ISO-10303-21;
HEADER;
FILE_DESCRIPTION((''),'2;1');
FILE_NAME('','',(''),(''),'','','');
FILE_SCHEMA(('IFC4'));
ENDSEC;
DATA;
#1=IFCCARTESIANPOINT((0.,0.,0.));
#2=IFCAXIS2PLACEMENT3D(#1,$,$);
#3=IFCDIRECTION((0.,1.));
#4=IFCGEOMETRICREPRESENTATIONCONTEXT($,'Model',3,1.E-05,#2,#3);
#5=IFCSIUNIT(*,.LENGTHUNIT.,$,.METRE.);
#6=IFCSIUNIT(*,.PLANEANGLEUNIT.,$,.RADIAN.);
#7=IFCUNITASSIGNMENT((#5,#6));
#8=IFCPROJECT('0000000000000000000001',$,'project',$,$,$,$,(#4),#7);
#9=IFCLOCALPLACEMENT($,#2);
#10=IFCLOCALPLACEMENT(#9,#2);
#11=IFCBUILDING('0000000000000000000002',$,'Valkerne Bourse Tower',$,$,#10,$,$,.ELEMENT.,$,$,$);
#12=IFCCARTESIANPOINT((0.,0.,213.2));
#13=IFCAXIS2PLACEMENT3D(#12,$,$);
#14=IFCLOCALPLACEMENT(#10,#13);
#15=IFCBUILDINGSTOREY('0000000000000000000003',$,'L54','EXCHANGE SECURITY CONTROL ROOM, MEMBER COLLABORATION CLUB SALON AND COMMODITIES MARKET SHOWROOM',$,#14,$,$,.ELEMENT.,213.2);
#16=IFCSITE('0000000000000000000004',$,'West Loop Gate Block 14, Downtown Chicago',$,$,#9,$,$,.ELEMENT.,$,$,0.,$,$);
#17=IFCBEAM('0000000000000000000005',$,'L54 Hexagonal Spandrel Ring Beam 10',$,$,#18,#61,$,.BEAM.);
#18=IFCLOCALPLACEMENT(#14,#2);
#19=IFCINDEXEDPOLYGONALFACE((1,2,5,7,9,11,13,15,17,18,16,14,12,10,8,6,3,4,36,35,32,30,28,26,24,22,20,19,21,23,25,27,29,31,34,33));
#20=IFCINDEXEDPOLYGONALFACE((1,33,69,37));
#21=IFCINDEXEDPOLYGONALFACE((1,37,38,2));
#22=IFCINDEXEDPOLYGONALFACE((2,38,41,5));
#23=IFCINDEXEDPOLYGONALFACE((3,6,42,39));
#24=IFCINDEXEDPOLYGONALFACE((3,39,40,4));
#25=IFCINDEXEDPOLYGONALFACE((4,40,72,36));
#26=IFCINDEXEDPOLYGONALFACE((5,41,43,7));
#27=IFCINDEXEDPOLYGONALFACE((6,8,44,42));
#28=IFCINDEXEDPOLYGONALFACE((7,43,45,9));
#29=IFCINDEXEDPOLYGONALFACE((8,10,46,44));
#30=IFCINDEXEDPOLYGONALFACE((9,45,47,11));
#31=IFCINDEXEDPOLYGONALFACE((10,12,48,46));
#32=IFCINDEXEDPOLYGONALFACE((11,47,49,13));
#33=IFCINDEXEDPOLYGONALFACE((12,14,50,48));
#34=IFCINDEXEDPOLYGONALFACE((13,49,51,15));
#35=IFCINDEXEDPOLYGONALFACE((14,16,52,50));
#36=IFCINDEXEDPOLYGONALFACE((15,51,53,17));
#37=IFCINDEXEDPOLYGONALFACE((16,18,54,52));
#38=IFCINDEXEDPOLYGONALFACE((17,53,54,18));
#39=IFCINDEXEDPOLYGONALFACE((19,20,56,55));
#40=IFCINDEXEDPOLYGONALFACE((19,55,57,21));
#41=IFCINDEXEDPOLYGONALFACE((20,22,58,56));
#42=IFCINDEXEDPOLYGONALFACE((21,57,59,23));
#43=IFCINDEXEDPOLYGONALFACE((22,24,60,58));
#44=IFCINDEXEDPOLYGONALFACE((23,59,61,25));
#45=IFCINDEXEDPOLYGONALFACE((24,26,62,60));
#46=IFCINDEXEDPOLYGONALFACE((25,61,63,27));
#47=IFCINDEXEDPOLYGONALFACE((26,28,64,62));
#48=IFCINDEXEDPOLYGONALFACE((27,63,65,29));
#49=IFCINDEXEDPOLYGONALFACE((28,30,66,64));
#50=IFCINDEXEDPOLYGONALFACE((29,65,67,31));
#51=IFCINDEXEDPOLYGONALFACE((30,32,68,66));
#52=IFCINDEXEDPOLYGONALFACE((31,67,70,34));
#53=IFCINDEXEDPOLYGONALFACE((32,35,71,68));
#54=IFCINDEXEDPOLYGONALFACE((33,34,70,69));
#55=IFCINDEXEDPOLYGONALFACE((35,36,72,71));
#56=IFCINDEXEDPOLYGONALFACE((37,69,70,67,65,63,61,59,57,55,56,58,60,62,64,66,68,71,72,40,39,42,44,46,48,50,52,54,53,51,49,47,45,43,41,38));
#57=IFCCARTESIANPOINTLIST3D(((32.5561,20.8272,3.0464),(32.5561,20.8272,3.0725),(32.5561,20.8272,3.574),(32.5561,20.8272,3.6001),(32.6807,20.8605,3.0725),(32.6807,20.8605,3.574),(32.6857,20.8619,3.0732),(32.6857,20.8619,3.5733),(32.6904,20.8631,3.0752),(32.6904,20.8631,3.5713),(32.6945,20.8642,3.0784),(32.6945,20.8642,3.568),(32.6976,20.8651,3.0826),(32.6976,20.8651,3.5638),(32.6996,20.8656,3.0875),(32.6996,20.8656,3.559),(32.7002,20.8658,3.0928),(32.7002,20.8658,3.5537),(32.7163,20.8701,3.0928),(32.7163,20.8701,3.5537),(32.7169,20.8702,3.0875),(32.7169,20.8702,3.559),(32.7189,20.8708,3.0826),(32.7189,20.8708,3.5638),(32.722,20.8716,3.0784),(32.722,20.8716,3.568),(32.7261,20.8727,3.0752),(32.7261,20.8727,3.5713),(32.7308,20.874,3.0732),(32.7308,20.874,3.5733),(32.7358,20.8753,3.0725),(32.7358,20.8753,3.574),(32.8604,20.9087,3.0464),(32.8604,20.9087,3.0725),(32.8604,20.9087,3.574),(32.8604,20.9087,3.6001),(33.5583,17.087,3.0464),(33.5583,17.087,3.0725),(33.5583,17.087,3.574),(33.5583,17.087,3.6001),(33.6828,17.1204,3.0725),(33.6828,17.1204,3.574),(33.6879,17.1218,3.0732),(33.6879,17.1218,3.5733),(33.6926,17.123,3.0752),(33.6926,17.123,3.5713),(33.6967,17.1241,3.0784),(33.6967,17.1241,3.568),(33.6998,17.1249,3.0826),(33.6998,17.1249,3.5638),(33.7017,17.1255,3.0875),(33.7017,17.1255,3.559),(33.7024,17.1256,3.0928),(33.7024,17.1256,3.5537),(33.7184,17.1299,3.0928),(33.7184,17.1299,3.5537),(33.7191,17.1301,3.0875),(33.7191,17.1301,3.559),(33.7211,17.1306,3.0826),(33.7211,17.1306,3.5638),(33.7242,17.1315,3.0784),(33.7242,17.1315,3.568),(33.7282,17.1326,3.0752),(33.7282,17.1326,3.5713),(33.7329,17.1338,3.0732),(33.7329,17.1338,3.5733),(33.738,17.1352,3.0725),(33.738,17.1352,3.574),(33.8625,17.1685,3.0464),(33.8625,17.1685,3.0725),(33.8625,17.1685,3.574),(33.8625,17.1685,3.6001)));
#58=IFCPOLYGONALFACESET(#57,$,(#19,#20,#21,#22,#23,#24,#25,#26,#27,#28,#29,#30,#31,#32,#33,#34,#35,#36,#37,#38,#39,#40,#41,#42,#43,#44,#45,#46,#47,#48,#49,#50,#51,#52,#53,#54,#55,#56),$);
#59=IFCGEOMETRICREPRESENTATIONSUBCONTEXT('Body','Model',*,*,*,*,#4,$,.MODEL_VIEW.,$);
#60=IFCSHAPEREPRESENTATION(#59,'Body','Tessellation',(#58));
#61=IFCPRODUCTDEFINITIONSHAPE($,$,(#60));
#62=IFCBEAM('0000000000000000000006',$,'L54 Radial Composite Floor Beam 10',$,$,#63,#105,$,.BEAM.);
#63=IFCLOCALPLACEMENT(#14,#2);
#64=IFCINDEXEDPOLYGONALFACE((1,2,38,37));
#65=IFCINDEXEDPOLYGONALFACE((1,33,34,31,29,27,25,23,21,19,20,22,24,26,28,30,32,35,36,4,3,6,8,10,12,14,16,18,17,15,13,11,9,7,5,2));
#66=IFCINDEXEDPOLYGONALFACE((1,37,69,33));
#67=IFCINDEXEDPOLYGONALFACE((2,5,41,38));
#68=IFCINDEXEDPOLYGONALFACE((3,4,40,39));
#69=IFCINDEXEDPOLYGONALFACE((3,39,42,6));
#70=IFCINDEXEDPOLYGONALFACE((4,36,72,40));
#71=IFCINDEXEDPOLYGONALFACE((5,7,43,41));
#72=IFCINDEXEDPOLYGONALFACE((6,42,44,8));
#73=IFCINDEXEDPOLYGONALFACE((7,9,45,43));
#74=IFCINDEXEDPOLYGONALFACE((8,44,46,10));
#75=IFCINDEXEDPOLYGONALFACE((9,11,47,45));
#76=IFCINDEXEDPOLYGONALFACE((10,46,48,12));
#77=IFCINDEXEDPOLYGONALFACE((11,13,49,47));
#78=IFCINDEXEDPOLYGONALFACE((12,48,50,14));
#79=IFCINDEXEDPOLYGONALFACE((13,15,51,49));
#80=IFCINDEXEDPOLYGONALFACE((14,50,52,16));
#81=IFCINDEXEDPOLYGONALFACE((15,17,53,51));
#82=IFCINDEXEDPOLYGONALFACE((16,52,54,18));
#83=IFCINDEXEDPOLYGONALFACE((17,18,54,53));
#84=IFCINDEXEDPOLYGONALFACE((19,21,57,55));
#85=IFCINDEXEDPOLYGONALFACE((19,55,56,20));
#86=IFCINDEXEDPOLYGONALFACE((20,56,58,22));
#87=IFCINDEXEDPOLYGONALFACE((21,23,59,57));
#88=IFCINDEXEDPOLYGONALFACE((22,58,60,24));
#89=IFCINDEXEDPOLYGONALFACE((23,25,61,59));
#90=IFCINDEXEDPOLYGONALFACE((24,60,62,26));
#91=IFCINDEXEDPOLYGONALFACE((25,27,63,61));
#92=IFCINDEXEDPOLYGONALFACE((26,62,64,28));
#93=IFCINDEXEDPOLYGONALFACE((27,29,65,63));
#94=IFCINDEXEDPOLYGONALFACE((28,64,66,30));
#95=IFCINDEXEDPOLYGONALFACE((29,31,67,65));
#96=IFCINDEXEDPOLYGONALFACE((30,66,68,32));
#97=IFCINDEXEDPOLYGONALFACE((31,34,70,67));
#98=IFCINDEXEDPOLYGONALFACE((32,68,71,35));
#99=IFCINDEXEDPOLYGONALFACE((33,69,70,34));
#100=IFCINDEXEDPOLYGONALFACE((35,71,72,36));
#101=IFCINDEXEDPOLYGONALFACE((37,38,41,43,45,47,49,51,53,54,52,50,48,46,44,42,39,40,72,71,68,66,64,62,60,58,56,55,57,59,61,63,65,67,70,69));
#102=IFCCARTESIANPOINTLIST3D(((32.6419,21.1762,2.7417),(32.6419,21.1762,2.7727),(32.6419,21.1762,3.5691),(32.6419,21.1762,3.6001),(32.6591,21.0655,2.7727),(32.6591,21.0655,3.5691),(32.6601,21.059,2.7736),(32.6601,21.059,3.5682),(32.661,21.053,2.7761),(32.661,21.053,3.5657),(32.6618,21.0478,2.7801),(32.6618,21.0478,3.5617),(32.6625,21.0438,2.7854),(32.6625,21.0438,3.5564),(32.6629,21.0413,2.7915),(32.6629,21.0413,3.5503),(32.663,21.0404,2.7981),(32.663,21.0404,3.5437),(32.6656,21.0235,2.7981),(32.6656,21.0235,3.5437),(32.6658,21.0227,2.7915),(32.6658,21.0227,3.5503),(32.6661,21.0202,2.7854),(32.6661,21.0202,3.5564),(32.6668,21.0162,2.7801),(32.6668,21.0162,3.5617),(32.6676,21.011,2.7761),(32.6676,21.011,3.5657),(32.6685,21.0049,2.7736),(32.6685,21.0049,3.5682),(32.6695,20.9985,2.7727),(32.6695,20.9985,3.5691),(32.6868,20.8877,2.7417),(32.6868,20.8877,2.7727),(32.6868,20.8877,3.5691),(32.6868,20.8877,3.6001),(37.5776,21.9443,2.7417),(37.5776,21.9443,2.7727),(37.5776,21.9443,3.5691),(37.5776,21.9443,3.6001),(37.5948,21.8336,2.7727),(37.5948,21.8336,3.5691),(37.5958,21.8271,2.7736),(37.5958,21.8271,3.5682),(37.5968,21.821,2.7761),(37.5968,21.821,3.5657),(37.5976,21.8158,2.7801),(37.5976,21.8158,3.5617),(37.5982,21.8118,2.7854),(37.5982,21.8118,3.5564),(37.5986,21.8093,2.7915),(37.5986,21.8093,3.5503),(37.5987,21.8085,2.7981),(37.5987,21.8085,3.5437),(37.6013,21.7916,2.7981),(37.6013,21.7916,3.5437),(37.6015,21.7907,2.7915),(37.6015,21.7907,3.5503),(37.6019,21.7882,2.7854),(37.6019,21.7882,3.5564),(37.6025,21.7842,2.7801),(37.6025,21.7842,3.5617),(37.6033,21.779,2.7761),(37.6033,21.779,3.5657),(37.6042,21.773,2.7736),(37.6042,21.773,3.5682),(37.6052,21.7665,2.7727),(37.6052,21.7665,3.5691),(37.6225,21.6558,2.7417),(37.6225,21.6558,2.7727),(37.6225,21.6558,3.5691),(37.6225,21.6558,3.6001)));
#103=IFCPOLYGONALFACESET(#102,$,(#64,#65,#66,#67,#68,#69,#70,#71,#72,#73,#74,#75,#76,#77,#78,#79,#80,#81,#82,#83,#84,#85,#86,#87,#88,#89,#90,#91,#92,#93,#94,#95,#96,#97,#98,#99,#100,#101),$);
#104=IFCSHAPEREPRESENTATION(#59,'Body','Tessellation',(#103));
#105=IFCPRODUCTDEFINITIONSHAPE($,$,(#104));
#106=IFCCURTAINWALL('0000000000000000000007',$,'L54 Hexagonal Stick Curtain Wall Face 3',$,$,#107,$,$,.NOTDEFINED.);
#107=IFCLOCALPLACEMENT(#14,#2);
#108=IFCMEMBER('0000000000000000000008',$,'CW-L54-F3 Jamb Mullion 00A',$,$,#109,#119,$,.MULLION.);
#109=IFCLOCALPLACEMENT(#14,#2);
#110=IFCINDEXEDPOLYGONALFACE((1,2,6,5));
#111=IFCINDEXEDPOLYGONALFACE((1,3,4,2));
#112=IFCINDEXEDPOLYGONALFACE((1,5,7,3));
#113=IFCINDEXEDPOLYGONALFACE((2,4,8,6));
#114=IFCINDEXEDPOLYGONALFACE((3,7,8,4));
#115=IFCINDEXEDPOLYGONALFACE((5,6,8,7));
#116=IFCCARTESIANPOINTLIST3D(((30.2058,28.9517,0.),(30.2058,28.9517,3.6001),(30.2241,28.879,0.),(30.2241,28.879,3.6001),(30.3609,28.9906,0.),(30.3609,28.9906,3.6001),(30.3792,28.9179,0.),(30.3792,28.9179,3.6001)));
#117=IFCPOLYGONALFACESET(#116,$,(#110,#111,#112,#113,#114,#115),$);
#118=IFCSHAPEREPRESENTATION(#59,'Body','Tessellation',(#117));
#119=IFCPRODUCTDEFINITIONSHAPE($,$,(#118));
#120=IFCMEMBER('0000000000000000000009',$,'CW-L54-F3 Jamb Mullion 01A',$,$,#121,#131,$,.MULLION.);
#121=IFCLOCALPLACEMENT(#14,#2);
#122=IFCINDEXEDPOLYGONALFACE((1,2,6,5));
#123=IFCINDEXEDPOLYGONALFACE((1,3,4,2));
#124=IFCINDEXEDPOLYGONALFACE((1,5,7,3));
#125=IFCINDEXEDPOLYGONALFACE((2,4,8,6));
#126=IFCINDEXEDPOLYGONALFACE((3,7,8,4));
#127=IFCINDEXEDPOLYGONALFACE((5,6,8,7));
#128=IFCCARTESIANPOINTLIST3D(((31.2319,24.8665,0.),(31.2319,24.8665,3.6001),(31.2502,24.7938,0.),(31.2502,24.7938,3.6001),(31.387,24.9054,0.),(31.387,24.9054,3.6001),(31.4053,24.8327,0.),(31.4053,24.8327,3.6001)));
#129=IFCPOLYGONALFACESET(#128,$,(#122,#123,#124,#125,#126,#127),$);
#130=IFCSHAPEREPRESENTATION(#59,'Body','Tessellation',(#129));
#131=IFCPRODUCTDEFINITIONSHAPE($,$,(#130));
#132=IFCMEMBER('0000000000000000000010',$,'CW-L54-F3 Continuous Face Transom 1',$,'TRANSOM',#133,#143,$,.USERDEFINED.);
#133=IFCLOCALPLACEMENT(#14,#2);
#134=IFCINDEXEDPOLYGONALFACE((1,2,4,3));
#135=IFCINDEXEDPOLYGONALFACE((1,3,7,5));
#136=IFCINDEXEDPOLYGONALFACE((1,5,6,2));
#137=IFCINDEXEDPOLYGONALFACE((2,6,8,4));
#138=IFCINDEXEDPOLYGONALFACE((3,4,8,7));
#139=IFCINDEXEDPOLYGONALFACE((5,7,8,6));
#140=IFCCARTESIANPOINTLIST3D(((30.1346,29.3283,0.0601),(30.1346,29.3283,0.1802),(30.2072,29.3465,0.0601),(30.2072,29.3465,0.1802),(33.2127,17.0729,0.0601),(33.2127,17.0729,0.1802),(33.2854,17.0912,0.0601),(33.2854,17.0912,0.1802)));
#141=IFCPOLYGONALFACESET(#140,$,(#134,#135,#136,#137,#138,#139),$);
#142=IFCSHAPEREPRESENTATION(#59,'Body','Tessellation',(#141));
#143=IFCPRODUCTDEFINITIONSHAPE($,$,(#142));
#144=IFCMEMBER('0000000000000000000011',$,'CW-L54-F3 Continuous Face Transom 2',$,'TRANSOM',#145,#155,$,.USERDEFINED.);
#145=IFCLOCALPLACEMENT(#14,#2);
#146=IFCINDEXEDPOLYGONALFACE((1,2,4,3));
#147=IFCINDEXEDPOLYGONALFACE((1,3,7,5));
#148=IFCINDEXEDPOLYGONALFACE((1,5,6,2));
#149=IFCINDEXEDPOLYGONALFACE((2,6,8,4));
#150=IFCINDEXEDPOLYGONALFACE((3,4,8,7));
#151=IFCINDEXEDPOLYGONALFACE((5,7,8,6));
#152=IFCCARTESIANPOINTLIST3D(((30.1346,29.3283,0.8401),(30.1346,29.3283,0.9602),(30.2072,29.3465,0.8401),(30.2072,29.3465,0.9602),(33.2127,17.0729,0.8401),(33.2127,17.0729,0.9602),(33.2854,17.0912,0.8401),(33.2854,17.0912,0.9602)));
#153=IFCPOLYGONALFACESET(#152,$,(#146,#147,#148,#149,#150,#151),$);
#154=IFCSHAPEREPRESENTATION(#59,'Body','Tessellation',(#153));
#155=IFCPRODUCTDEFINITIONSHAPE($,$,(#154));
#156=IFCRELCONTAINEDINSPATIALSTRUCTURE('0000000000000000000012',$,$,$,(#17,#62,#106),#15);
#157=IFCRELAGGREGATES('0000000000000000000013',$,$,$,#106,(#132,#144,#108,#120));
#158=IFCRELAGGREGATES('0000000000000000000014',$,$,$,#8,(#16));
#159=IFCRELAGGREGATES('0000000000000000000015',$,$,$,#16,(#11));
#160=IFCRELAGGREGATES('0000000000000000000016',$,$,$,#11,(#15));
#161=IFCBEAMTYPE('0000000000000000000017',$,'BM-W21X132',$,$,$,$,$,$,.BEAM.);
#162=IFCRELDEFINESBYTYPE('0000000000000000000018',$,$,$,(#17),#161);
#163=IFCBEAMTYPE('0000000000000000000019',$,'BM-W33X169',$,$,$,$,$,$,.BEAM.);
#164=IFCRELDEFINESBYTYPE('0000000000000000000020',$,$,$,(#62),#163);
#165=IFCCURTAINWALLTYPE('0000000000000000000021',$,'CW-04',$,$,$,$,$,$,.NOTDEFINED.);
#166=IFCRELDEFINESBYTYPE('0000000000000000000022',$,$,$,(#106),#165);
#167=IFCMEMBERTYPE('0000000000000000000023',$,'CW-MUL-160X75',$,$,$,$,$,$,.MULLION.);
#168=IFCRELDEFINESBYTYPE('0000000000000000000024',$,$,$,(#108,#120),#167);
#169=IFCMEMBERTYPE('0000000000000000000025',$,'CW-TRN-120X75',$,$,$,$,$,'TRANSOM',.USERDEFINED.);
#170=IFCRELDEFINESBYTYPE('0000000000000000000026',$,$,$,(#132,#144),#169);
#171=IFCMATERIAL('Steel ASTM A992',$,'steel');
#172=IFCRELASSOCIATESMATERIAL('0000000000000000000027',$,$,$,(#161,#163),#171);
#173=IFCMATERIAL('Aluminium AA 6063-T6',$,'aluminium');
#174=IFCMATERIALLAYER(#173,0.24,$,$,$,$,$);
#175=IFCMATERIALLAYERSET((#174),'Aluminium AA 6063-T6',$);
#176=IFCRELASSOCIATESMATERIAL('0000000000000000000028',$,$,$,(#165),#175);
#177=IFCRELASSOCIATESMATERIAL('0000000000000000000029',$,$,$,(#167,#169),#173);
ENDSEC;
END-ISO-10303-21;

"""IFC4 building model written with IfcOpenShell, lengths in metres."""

from ifc_helpers import new_model, si_unit, direction, frame, origin, origin_2d, place, context, subcontext, project, spatial, rectangle, i_section, extrude, material, layer, layer_set, material_profile, profile_set, type_object, element, aggregate, save


model = new_model("IFC4")

# Units and contexts
model_context = context("Model", 3, precision=1e-05, world=origin(), true_north=direction((0.0, 1.0)))
body_context = subcontext(model_context, "Body", "Model", "MODEL_VIEW")
ifc_project = project(units=[si_unit("LENGTHUNIT", "METRE"), si_unit("PLANEANGLEUNIT", "RADIAN")], contexts=[model_context])

# Site, building, storey
site_placement = place(None, origin())
site = spatial("IfcSite", under=ifc_project, at=site_placement, Name="West Loop Gate Block 14, Downtown Chicago", CompositionType="ELEMENT", RefElevation=0.0)
building_placement = place(site_placement, origin())
building = spatial("IfcBuilding", under=site, at=building_placement, Name="Valkerne Bourse Tower", CompositionType="ELEMENT")
storey_placement = place(building_placement, frame((0.0, 0.0, 213.2)))
storey = spatial("IfcBuildingStorey", under=building, at=storey_placement, Name="L54", Description="EXCHANGE SECURITY CONTROL ROOM, MEMBER COLLABORATION CLUB SALON AND COMMODITIES MARKET SHOWROOM", CompositionType="ELEMENT", Elevation=213.2)

# Beams
ifc_material_1 = material(Name="Steel ASTM A992", Category="steel")
ifc_material_profile_1 = material_profile(ifc_material_1, i_section(OverallWidth=0.3149, OverallDepth=0.5537, WebThickness=0.0166, FlangeThickness=0.0261, FilletRadius=0.0203, at=origin_2d()), Name="W21X132")
ifc_profile_set_1 = profile_set([ifc_material_profile_1], Name="Steel ASTM A992")
beam_type_1 = type_object("IfcBeamType", Name="BM-W21X132", PredefinedType="BEAM", material=ifc_profile_set_1)
beam_1_placement = place(storey_placement, frame((32.7083, 20.8679, 3.3232), z_axis=(0.25882, -0.965926, 0.0), x_axis=(0.965926, 0.25882, 0.0)))
element("IfcBeam", 1, at=beam_1_placement, inside=storey, type_object=beam_type_1, Name="L54 Hexagonal Spandrel Ring Beam 10", PredefinedType="BEAM", context=body_context, shape_type="SweptSolid", body=[
    extrude(i_section(OverallWidth=0.3149, OverallDepth=0.5537, WebThickness=0.0166, FlangeThickness=0.0261, FilletRadius=0.0203, at=origin_2d()), origin(), (0.0, 0.0, 1.0), 3.8721),
])
ifc_material_profile_2 = material_profile(ifc_material_1, i_section(OverallWidth=0.292, OverallDepth=0.8584, WebThickness=0.0171, FlangeThickness=0.031, FilletRadius=0.0254, at=origin_2d()), Name="W33X169")
ifc_profile_set_2 = profile_set([ifc_material_profile_2], Name="Steel ASTM A992")
beam_type_2 = type_object("IfcBeamType", Name="BM-W33X169", PredefinedType="BEAM", material=ifc_profile_set_2)
beam_2_placement = place(storey_placement, frame((32.6643, 21.032, 3.1709), z_axis=(0.988108, 0.153761, 0.0), x_axis=(-0.153761, 0.988108, 0.0)))
element("IfcBeam", 2, at=beam_2_placement, inside=storey, type_object=beam_type_2, Name="L54 Radial Composite Floor Beam 10", PredefinedType="BEAM", context=body_context, shape_type="SweptSolid", body=[
    extrude(i_section(OverallWidth=0.292, OverallDepth=0.8584, WebThickness=0.0171, FlangeThickness=0.031, FilletRadius=0.0254, at=origin_2d()), origin(), (0.0, 0.0, 1.0), 4.9951),
])

# Curtain wall, members
ifc_material_2 = material(Name="Aluminium AA 6063-T6", Category="aluminium")
ifc_layer_1 = layer(ifc_material_2, 0.24)
ifc_layer_set_1 = layer_set([ifc_layer_1], Name="Aluminium AA 6063-T6")
curtain_wall_type = type_object("IfcCurtainWallType", Name="CW-04", PredefinedType="NOTDEFINED", material=ifc_layer_set_1)
curtain_wall_placement = place(storey_placement, origin())
curtain_wall = element("IfcCurtainWall", 3, at=curtain_wall_placement, inside=storey, type_object=curtain_wall_type, Name="L54 Hexagonal Stick Curtain Wall Face 3", PredefinedType="NOTDEFINED")
ifc_material_profile_3 = material_profile(ifc_material_2, rectangle(XDim=0.075, YDim=0.1599, at=origin_2d()), Name="CWM-75X160")
ifc_profile_set_3 = profile_set([ifc_material_profile_3], Name="Aluminium AA 6063-T6")
member_type_1 = type_object("IfcMemberType", Name="CW-MUL-160X75", PredefinedType="MULLION", material=ifc_profile_set_3)
member_1_placement = place(storey_placement, frame((30.2925, 28.9348, 0.0), z_axis=(0.0, 0.0, 1.0), x_axis=(0.243614, -0.969872, 0.0)))
member_1 = element("IfcMember", 4, at=member_1_placement, type_object=member_type_1, Name="CW-L54-F3 Jamb Mullion 00A", PredefinedType="MULLION", context=body_context, shape_type="SweptSolid", body=[
    extrude(rectangle(XDim=0.075, YDim=0.1599, at=origin_2d()), origin(), (0.0, 0.0, 1.0), 3.6001),
])
member_2_placement = place(storey_placement, frame((31.3186, 24.8496, 0.0), z_axis=(0.0, 0.0, 1.0), x_axis=(0.243614, -0.969872, 0.0)))
member_2 = element("IfcMember", 5, at=member_2_placement, type_object=member_type_1, Name="CW-L54-F3 Jamb Mullion 01A", PredefinedType="MULLION", context=body_context, shape_type="SweptSolid", body=[
    extrude(rectangle(XDim=0.075, YDim=0.1599, at=origin_2d()), origin(), (0.0, 0.0, 1.0), 3.6001),
])
ifc_material_profile_4 = material_profile(ifc_material_2, rectangle(XDim=0.075, YDim=0.1201, at=origin_2d()), Name="CWT-75X120")
ifc_profile_set_4 = profile_set([ifc_material_profile_4], Name="Aluminium AA 6063-T6")
member_type_2 = type_object("IfcMemberType", Name="CW-TRN-120X75", ElementType="TRANSOM", PredefinedType="USERDEFINED", material=ifc_profile_set_4)
member_3_placement = place(storey_placement, frame((30.1709, 29.3374, 0.1201), z_axis=(0.243599, -0.969876, 0.0), x_axis=(0.969876, 0.243599, 0.0)))
member_3 = element("IfcMember", 6, at=member_3_placement, type_object=member_type_2, Name="CW-L54-F3 Continuous Face Transom 1", ObjectType="TRANSOM", PredefinedType="USERDEFINED", context=body_context, shape_type="SweptSolid", body=[
    extrude(rectangle(XDim=0.075, YDim=0.1201, at=origin_2d()), origin(), (0.0, 0.0, 1.0), 12.636),
])
member_4_placement = place(storey_placement, frame((30.1709, 29.3374, 0.9001), z_axis=(0.243599, -0.969876, 0.0), x_axis=(0.969876, 0.243599, 0.0)))
member_4 = element("IfcMember", 7, at=member_4_placement, type_object=member_type_2, Name="CW-L54-F3 Continuous Face Transom 2", ObjectType="TRANSOM", PredefinedType="USERDEFINED", context=body_context, shape_type="SweptSolid", body=[
    extrude(rectangle(XDim=0.075, YDim=0.1201, at=origin_2d()), origin(), (0.0, 0.0, 1.0), 12.636),
])

aggregate(curtain_wall, [member_3, member_4, member_1, member_2])

save(model, "model.ifc")
